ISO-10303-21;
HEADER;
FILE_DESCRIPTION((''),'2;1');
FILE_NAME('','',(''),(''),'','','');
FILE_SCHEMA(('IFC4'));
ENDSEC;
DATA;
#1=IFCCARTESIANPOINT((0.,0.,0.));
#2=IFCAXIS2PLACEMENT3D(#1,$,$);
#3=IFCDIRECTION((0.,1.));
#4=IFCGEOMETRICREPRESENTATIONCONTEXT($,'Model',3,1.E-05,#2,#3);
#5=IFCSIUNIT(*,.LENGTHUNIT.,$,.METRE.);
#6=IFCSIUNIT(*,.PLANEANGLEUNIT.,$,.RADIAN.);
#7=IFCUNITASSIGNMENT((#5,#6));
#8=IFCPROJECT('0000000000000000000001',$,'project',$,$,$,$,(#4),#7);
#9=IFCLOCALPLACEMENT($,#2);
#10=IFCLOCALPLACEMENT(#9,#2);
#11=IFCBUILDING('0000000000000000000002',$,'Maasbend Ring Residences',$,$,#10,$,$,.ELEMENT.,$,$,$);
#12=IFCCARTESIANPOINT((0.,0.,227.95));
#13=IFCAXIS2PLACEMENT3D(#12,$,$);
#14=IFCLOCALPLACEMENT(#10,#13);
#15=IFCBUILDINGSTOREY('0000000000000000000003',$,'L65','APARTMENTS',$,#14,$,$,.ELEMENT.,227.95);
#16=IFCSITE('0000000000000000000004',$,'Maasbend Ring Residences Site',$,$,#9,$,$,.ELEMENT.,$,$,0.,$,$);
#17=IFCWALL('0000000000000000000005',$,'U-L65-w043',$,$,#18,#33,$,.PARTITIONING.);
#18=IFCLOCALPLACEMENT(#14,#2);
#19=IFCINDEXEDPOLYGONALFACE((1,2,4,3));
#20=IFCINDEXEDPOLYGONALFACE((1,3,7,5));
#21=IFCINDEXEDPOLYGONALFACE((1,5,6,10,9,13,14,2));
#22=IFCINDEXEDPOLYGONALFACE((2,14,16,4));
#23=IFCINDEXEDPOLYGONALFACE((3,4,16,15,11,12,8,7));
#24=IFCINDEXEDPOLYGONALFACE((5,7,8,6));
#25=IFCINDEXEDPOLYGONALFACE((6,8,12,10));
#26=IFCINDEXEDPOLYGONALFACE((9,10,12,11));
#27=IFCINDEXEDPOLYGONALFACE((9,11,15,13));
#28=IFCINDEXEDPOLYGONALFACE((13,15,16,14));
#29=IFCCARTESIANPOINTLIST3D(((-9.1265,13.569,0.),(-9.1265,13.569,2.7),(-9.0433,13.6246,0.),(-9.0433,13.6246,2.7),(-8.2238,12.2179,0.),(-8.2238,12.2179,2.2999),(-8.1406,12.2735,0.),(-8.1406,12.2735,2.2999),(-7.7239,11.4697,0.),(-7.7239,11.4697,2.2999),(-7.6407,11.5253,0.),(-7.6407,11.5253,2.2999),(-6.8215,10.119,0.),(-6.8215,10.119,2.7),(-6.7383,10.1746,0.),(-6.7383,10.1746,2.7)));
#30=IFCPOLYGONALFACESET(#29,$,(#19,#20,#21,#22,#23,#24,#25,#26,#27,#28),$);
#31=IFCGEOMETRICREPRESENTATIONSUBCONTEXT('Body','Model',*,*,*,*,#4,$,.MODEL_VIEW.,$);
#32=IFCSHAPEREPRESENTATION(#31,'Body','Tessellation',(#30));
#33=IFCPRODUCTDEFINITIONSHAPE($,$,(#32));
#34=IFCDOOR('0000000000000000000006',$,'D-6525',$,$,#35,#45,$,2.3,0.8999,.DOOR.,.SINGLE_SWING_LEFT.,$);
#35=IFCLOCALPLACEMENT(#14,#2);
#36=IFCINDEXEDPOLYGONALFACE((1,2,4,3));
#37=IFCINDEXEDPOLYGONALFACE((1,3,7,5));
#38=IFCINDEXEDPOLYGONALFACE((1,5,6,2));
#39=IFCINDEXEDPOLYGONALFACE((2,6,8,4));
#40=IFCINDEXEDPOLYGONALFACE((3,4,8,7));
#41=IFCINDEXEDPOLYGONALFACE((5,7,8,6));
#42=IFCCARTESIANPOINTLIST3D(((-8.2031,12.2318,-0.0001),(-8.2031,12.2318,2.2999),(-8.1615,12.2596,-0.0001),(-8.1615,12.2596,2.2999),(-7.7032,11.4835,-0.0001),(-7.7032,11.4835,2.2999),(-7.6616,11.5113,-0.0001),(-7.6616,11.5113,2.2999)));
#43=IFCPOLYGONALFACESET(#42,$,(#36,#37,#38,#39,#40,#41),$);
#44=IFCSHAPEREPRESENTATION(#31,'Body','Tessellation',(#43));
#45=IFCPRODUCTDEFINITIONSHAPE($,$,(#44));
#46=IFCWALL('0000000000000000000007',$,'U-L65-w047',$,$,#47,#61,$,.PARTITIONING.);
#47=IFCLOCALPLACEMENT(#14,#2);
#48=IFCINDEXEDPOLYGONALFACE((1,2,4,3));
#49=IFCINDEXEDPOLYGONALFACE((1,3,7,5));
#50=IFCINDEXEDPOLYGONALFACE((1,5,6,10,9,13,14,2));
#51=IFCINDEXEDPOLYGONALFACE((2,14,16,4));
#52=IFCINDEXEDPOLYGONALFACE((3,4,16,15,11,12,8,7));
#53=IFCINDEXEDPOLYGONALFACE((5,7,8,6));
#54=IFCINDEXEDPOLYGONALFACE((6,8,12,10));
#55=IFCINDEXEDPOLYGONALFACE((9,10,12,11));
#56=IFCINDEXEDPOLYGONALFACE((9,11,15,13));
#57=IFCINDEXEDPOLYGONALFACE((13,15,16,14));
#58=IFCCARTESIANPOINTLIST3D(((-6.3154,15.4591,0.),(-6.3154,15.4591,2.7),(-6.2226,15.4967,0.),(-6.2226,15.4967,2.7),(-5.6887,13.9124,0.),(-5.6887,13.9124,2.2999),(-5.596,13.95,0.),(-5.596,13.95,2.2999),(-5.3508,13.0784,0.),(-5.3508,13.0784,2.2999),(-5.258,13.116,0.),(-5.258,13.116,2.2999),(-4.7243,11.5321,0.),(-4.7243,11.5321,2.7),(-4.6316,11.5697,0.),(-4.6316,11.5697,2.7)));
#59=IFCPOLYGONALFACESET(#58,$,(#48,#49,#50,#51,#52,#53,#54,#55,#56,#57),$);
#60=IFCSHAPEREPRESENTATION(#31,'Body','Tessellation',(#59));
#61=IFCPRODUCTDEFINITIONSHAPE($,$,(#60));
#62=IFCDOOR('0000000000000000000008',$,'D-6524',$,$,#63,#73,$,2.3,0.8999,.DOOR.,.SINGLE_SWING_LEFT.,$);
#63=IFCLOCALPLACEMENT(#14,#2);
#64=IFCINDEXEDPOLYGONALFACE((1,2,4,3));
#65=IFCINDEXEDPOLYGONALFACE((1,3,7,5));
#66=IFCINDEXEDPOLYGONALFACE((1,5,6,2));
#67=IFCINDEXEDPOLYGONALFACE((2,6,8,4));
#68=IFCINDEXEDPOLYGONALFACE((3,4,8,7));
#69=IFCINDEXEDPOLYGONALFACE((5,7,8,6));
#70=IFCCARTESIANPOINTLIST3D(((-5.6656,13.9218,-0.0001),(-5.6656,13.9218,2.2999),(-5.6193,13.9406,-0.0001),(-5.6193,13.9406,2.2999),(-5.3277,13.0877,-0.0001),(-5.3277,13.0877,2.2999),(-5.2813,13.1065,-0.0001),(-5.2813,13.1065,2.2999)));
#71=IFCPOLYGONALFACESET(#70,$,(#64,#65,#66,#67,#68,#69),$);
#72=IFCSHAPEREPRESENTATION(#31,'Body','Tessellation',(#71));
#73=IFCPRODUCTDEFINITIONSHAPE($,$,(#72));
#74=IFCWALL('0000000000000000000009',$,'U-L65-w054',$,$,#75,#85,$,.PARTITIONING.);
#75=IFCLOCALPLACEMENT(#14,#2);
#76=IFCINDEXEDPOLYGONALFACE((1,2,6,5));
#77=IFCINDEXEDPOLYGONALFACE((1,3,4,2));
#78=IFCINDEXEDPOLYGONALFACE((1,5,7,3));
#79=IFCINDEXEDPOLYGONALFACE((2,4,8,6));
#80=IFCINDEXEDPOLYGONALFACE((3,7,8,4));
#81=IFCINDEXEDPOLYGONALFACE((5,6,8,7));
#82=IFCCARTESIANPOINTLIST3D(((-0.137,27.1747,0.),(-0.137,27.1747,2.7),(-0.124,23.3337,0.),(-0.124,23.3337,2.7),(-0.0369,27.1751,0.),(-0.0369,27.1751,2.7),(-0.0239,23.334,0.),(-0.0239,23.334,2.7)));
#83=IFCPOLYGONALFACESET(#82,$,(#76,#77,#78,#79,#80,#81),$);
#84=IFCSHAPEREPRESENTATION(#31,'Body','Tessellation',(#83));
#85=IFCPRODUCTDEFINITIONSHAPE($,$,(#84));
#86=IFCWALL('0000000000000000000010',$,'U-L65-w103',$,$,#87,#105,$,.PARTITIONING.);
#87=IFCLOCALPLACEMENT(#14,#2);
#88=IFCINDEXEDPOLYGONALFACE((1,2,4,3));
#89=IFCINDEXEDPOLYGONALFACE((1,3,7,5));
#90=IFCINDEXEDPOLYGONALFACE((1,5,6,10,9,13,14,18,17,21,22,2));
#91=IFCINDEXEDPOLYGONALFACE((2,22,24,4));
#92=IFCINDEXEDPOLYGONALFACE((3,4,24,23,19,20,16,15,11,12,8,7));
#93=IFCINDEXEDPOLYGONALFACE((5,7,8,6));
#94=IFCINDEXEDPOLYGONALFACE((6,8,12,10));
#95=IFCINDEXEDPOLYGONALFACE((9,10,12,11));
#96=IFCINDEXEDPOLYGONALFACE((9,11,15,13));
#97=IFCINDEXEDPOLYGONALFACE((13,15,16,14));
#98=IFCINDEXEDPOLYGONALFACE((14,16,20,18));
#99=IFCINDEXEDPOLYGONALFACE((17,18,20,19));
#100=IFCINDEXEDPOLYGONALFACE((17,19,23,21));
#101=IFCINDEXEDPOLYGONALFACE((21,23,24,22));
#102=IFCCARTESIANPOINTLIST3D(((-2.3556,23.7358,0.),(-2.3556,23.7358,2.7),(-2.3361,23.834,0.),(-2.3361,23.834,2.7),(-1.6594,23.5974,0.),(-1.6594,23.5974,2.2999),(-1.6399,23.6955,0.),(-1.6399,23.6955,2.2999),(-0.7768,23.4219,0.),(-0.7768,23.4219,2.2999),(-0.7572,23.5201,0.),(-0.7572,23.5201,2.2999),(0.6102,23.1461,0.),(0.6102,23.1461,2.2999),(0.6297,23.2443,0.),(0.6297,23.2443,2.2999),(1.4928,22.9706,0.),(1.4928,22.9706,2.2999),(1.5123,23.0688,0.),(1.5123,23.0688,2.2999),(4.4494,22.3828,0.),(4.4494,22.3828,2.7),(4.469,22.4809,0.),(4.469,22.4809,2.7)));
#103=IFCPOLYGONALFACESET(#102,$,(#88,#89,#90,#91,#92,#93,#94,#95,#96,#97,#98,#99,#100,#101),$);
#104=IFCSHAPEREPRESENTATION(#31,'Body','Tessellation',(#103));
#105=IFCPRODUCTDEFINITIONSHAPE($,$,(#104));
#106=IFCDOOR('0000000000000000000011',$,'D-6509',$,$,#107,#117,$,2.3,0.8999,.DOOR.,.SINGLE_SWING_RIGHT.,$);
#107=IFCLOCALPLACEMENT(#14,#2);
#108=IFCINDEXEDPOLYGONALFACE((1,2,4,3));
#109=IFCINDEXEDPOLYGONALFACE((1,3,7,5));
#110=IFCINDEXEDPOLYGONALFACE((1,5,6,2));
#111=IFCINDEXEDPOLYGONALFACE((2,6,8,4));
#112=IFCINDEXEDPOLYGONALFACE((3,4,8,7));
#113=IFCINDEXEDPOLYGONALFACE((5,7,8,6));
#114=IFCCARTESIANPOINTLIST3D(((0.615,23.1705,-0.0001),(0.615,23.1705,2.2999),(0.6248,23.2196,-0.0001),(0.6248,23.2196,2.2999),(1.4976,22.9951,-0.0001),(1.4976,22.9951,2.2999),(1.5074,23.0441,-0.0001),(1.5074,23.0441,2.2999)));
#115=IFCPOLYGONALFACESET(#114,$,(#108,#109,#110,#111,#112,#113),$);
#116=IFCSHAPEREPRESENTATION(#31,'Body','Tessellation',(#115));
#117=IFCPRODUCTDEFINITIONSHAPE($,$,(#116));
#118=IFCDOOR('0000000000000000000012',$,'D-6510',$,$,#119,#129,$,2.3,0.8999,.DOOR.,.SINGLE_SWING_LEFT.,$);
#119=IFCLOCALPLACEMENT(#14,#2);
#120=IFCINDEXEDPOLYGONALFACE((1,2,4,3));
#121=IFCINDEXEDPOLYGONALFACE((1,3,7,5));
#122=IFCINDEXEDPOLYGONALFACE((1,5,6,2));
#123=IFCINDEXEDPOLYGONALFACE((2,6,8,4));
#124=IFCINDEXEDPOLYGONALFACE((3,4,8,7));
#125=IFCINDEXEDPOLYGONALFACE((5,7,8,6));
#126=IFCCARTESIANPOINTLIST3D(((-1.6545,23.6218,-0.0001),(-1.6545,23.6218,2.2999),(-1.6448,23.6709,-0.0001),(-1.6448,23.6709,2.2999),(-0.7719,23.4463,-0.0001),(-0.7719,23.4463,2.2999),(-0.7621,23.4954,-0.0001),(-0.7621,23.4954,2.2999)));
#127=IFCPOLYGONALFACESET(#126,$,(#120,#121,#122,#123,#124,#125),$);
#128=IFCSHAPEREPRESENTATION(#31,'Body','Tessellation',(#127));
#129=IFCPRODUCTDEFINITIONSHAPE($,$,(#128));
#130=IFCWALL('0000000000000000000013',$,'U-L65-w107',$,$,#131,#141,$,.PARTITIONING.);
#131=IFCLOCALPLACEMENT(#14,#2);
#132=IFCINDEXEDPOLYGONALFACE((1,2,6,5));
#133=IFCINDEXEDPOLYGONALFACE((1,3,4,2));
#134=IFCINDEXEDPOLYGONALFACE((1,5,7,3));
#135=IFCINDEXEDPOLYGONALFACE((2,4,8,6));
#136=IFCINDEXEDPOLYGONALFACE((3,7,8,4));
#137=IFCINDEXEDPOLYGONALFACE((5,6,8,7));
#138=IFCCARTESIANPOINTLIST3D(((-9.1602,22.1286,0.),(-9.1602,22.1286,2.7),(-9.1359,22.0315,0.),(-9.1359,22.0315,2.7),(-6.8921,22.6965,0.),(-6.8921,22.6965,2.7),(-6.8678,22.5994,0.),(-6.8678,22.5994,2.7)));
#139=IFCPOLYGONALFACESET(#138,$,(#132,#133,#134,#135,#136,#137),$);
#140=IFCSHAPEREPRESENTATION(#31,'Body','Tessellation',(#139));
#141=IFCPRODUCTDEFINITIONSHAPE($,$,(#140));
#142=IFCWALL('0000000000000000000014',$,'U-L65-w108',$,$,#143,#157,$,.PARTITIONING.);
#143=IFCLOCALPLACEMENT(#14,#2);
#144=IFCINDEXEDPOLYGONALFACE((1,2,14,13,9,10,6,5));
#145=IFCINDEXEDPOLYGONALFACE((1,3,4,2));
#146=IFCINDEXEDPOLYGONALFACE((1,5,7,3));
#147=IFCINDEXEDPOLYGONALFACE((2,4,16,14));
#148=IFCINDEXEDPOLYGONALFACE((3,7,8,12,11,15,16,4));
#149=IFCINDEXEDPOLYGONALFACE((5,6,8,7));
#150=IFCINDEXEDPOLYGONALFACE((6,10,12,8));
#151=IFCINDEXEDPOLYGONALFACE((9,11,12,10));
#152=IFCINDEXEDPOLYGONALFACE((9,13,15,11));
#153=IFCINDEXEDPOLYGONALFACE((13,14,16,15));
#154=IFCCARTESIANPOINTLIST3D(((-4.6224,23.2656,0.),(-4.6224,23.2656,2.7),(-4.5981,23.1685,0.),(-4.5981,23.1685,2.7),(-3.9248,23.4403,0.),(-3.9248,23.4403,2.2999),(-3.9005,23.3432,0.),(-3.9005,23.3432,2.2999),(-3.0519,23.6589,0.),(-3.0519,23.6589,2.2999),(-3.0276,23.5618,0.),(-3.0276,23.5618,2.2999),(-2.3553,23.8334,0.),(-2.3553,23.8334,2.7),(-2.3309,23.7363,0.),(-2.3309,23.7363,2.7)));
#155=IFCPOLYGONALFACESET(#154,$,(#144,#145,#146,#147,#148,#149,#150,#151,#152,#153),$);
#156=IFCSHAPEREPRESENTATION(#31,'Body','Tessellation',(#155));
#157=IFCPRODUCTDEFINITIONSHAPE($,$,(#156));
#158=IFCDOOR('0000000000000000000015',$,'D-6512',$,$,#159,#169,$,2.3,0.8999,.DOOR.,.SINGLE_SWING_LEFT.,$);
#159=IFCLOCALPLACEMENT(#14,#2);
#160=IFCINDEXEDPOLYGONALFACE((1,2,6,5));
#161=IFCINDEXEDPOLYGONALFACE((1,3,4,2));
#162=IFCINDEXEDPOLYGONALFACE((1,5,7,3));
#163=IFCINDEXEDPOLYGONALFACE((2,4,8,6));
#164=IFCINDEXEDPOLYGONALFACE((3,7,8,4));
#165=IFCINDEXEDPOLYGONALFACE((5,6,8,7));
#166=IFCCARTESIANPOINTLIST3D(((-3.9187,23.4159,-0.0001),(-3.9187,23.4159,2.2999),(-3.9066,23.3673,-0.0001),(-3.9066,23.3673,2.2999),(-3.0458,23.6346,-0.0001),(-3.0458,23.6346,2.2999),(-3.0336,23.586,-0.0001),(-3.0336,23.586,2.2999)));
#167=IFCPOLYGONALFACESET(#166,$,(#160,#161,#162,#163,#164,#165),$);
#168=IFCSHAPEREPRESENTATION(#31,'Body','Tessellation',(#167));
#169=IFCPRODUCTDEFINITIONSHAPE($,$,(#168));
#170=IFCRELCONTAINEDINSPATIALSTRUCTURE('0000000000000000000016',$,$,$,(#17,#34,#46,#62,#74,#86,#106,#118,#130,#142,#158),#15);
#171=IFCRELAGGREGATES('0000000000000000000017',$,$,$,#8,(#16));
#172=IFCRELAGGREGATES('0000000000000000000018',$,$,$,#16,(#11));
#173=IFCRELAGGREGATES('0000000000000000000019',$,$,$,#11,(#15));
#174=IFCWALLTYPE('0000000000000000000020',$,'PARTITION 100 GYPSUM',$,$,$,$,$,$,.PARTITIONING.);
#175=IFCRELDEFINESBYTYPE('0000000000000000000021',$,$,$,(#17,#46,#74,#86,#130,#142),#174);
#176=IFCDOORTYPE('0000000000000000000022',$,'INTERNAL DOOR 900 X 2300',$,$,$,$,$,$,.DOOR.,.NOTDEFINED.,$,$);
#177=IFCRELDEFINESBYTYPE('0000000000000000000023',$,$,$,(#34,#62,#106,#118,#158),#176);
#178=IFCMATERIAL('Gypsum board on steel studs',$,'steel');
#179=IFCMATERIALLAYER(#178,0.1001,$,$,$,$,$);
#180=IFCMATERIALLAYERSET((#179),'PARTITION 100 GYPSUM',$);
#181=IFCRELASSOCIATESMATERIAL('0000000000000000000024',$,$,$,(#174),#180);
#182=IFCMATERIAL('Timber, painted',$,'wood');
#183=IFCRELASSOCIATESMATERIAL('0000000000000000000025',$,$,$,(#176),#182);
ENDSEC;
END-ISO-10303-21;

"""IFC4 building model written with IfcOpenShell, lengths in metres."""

from ifc_helpers import new_model, si_unit, direction, frame, frame_2d, origin, place, context, subcontext, project, spatial, rectangle, extrude, material, layer, layer_set, type_object, element, fill, save


model = new_model("IFC4")

# Units and contexts
model_context = context("Model", 3, precision=1e-05, world=origin(), true_north=direction((0.0, 1.0)))
body_context = subcontext(model_context, "Body", "Model", "MODEL_VIEW")
ifc_project = project(units=[si_unit("LENGTHUNIT", "METRE"), si_unit("PLANEANGLEUNIT", "RADIAN")], contexts=[model_context])

# Site, building, storey
site_placement = place(None, origin())
site = spatial("IfcSite", under=ifc_project, at=site_placement, Name="Maasbend Ring Residences Site", CompositionType="ELEMENT", RefElevation=0.0)
building_placement = place(site_placement, origin())
building = spatial("IfcBuilding", under=site, at=building_placement, Name="Maasbend Ring Residences", CompositionType="ELEMENT")
storey_placement = place(building_placement, frame((0.0, 0.0, 227.95)))
storey = spatial("IfcBuildingStorey", under=building, at=storey_placement, Name="L65", Description="APARTMENTS", CompositionType="ELEMENT", Elevation=227.95)

# Shared definitions
ifc_material_1 = material(Name="Gypsum board on steel studs", Category="steel")
ifc_layer_1 = layer(ifc_material_1, 0.1001)
ifc_layer_set_1 = layer_set([ifc_layer_1], Name="PARTITION 100 GYPSUM")
wall_type_1 = type_object("IfcWallType", Name="PARTITION 100 GYPSUM", PredefinedType="PARTITIONING", material=ifc_layer_set_1)

# Walls, openings, doors
wall_1_placement = place(storey_placement, frame((-9.085, 13.5969, 0.0), z_axis=(0.0, 0.0, 1.0), x_axis=(0.555528, -0.831498, 0.0)))
wall_1 = element("IfcWall", 1, at=wall_1_placement, inside=storey, type_object=wall_type_1, Name="U-L65-w043", PredefinedType="PARTITIONING", context=body_context, shape_type="SweptSolid", body=[
    extrude(rectangle(XDim=4.1492, YDim=0.1001, at=frame_2d((2.0747, 0.0))), origin(), (0.0, 0.0, 1.0), 2.7),
])
opening_1_placement = place(wall_1_placement, frame((1.625, 0.0, 0.0)))
opening_1 = element("IfcOpeningElement", 2, at=opening_1_placement, cuts=wall_1, PredefinedType="OPENING", context=body_context, shape_type="SweptSolid", body=[
    extrude(rectangle(XDim=0.8999, YDim=2.3, at=frame_2d((0.45, 1.1499))), frame((0.0, 0.0601, 0.0), z_axis=(0.0, -1.0, 0.0), x_axis=(1.0, 0.0, 0.0)), (0.0, 0.0, 1.0), 0.1201),
])
ifc_material_2 = material(Name="Timber, painted", Category="wood")
door_type_1 = type_object("IfcDoorType", Name="INTERNAL DOOR 900 X 2300", OperationType="NOTDEFINED", PredefinedType="DOOR", material=ifc_material_2)
door_1_placement = place(opening_1_placement, origin())
door_1 = element("IfcDoor", 3, at=door_1_placement, inside=storey, type_object=door_type_1, Name="D-6525", OperationType="SINGLE_SWING_LEFT", OverallHeight=2.3, OverallWidth=0.8999, PredefinedType="DOOR", context=body_context, shape_type="SweptSolid", body=[
    extrude(rectangle(XDim=0.8999, YDim=2.3, at=frame_2d((0.45, 1.1499))), frame((0.0, 0.0249, 0.0), z_axis=(0.0, -1.0, 0.0), x_axis=(1.0, 0.0, 0.0)), (0.0, 0.0, 1.0), 0.05),
])
fill(opening_1, door_1)
wall_2_placement = place(storey_placement, frame((-6.269, 15.478, 0.0), z_axis=(0.0, 0.0, 1.0), x_axis=(0.37551, -0.926818, 0.0)))
wall_2 = element("IfcWall", 4, at=wall_2_placement, inside=storey, type_object=wall_type_1, Name="U-L65-w047", PredefinedType="PARTITIONING", context=body_context, shape_type="SweptSolid", body=[
    extrude(rectangle(XDim=4.2371, YDim=0.1001, at=frame_2d((2.1187, 0.0))), origin(), (0.0, 0.0, 1.0), 2.7),
])
opening_2_placement = place(wall_2_placement, frame((1.6689, 0.0, 0.0)))
opening_2 = element("IfcOpeningElement", 5, at=opening_2_placement, cuts=wall_2, PredefinedType="OPENING", context=body_context, shape_type="SweptSolid", body=[
    extrude(rectangle(XDim=0.8999, YDim=2.3, at=frame_2d((0.45, 1.1499))), frame((0.0, 0.0601, 0.0), z_axis=(0.0, -1.0, 0.0), x_axis=(1.0, 0.0, 0.0)), (0.0, 0.0, 1.0), 0.1201),
])
door_2_placement = place(opening_2_placement, origin())
door_2 = element("IfcDoor", 6, at=door_2_placement, inside=storey, type_object=door_type_1, Name="D-6524", OperationType="SINGLE_SWING_LEFT", OverallHeight=2.3, OverallWidth=0.8999, PredefinedType="DOOR", context=body_context, shape_type="SweptSolid", body=[
    extrude(rectangle(XDim=0.8999, YDim=2.3, at=frame_2d((0.45, 1.1499))), frame((0.0, 0.0249, 0.0), z_axis=(0.0, -1.0, 0.0), x_axis=(1.0, 0.0, 0.0)), (0.0, 0.0, 1.0), 0.05),
])
fill(opening_2, door_2)

# Wall
wall_3_placement = place(storey_placement, frame((-0.074, 23.334, 0.0), z_axis=(0.0, 0.0, 1.0), x_axis=(-0.003369, 0.999994, 0.0)))
element("IfcWall", 7, at=wall_3_placement, inside=storey, type_object=wall_type_1, Name="U-L65-w054", PredefinedType="PARTITIONING", context=body_context, shape_type="SweptSolid", body=[
    extrude(rectangle(XDim=3.8411, YDim=0.1001, at=frame_2d((1.9204, 0.0))), origin(), (0.0, 0.0, 1.0), 2.7),
])

# Wall, openings, doors
wall_4_placement = place(storey_placement, frame((-2.3459, 23.7849, 0.0), z_axis=(0.0, 0.0, 1.0), x_axis=(0.980801, -0.195013, 0.0)))
wall_4 = element("IfcWall", 8, at=wall_4_placement, inside=storey, type_object=wall_type_1, Name="U-L65-w103", PredefinedType="PARTITIONING", context=body_context, shape_type="SweptSolid", body=[
    extrude(rectangle(XDim=6.9382, YDim=0.1001, at=frame_2d((3.4692, 0.0))), origin(), (0.0, 0.0, 1.0), 2.7),
])
opening_3_placement = place(wall_4_placement, frame((3.0239, 0.0, 0.0)))
opening_3 = element("IfcOpeningElement", 9, at=opening_3_placement, cuts=wall_4, PredefinedType="OPENING", context=body_context, shape_type="SweptSolid", body=[
    extrude(rectangle(XDim=0.8999, YDim=2.3, at=frame_2d((0.45, 1.1499))), frame((0.0, 0.0601, 0.0), z_axis=(0.0, -1.0, 0.0), x_axis=(1.0, 0.0, 0.0)), (0.0, 0.0, 1.0), 0.1201),
])
opening_4_placement = place(wall_4_placement, frame((0.71, 0.0, 0.0)))
opening_4 = element("IfcOpeningElement", 10, at=opening_4_placement, cuts=wall_4, PredefinedType="OPENING", context=body_context, shape_type="SweptSolid", body=[
    extrude(rectangle(XDim=0.8999, YDim=2.3, at=frame_2d((0.45, 1.1499))), frame((0.0, 0.0601, 0.0), z_axis=(0.0, -1.0, 0.0), x_axis=(1.0, 0.0, 0.0)), (0.0, 0.0, 1.0), 0.1201),
])
door_3_placement = place(opening_3_placement, origin())
door_3 = element("IfcDoor", 11, at=door_3_placement, inside=storey, type_object=door_type_1, Name="D-6509", OperationType="SINGLE_SWING_RIGHT", OverallHeight=2.3, OverallWidth=0.8999, PredefinedType="DOOR", context=body_context, shape_type="SweptSolid", body=[
    extrude(rectangle(XDim=0.8999, YDim=2.3, at=frame_2d((0.45, 1.1499))), frame((0.0, 0.0249, 0.0), z_axis=(0.0, -1.0, 0.0), x_axis=(1.0, 0.0, 0.0)), (0.0, 0.0, 1.0), 0.05),
])
fill(opening_3, door_3)
door_4_placement = place(opening_4_placement, origin())
door_4 = element("IfcDoor", 12, at=door_4_placement, inside=storey, type_object=door_type_1, Name="D-6510", OperationType="SINGLE_SWING_LEFT", OverallHeight=2.3, OverallWidth=0.8999, PredefinedType="DOOR", context=body_context, shape_type="SweptSolid", body=[
    extrude(rectangle(XDim=0.8999, YDim=2.3, at=frame_2d((0.45, 1.1499))), frame((0.0, 0.0249, 0.0), z_axis=(0.0, -1.0, 0.0), x_axis=(1.0, 0.0, 0.0)), (0.0, 0.0, 1.0), 0.05),
])
fill(opening_4, door_4)

# Wall
wall_5_placement = place(storey_placement, frame((-9.1479, 22.0801, 0.0), z_axis=(0.0, 0.0, 1.0), x_axis=(0.970056, 0.24288, 0.0)))
element("IfcWall", 13, at=wall_5_placement, inside=storey, type_object=wall_type_1, Name="U-L65-w107", PredefinedType="PARTITIONING", context=body_context, shape_type="SweptSolid", body=[
    extrude(rectangle(XDim=2.3381, YDim=0.1001, at=frame_2d((1.1689, 0.0))), origin(), (0.0, 0.0, 1.0), 2.7),
])

# Wall, opening, door
wall_6_placement = place(storey_placement, frame((-4.6101, 23.217, 0.0), z_axis=(0.0, 0.0, 1.0), x_axis=(0.970032, 0.242978, 0.0)))
wall_6 = element("IfcWall", 14, at=wall_6_placement, inside=storey, type_object=wall_type_1, Name="U-L65-w108", PredefinedType="PARTITIONING", context=body_context, shape_type="SweptSolid", body=[
    extrude(rectangle(XDim=2.3372, YDim=0.1001, at=frame_2d((1.1685, 0.0))), origin(), (0.0, 0.0, 1.0), 2.7),
])
opening_5_placement = place(wall_6_placement, frame((0.719, 0.0, 0.0)))
opening_5 = element("IfcOpeningElement", 15, at=opening_5_placement, cuts=wall_6, PredefinedType="OPENING", context=body_context, shape_type="SweptSolid", body=[
    extrude(rectangle(XDim=0.8999, YDim=2.3, at=frame_2d((0.45, 1.1499))), frame((0.0, 0.0601, 0.0), z_axis=(0.0, -1.0, 0.0), x_axis=(1.0, 0.0, 0.0)), (0.0, 0.0, 1.0), 0.1201),
])
door_5_placement = place(opening_5_placement, origin())
door_5 = element("IfcDoor", 16, at=door_5_placement, inside=storey, type_object=door_type_1, Name="D-6512", OperationType="SINGLE_SWING_LEFT", OverallHeight=2.3, OverallWidth=0.8999, PredefinedType="DOOR", context=body_context, shape_type="SweptSolid", body=[
    extrude(rectangle(XDim=0.8999, YDim=2.3, at=frame_2d((0.45, 1.1499))), frame((0.0, 0.0249, 0.0), z_axis=(0.0, -1.0, 0.0), x_axis=(1.0, 0.0, 0.0)), (0.0, 0.0, 1.0), 0.05),
])
fill(opening_5, door_5)

save(model, "model.ifc")
